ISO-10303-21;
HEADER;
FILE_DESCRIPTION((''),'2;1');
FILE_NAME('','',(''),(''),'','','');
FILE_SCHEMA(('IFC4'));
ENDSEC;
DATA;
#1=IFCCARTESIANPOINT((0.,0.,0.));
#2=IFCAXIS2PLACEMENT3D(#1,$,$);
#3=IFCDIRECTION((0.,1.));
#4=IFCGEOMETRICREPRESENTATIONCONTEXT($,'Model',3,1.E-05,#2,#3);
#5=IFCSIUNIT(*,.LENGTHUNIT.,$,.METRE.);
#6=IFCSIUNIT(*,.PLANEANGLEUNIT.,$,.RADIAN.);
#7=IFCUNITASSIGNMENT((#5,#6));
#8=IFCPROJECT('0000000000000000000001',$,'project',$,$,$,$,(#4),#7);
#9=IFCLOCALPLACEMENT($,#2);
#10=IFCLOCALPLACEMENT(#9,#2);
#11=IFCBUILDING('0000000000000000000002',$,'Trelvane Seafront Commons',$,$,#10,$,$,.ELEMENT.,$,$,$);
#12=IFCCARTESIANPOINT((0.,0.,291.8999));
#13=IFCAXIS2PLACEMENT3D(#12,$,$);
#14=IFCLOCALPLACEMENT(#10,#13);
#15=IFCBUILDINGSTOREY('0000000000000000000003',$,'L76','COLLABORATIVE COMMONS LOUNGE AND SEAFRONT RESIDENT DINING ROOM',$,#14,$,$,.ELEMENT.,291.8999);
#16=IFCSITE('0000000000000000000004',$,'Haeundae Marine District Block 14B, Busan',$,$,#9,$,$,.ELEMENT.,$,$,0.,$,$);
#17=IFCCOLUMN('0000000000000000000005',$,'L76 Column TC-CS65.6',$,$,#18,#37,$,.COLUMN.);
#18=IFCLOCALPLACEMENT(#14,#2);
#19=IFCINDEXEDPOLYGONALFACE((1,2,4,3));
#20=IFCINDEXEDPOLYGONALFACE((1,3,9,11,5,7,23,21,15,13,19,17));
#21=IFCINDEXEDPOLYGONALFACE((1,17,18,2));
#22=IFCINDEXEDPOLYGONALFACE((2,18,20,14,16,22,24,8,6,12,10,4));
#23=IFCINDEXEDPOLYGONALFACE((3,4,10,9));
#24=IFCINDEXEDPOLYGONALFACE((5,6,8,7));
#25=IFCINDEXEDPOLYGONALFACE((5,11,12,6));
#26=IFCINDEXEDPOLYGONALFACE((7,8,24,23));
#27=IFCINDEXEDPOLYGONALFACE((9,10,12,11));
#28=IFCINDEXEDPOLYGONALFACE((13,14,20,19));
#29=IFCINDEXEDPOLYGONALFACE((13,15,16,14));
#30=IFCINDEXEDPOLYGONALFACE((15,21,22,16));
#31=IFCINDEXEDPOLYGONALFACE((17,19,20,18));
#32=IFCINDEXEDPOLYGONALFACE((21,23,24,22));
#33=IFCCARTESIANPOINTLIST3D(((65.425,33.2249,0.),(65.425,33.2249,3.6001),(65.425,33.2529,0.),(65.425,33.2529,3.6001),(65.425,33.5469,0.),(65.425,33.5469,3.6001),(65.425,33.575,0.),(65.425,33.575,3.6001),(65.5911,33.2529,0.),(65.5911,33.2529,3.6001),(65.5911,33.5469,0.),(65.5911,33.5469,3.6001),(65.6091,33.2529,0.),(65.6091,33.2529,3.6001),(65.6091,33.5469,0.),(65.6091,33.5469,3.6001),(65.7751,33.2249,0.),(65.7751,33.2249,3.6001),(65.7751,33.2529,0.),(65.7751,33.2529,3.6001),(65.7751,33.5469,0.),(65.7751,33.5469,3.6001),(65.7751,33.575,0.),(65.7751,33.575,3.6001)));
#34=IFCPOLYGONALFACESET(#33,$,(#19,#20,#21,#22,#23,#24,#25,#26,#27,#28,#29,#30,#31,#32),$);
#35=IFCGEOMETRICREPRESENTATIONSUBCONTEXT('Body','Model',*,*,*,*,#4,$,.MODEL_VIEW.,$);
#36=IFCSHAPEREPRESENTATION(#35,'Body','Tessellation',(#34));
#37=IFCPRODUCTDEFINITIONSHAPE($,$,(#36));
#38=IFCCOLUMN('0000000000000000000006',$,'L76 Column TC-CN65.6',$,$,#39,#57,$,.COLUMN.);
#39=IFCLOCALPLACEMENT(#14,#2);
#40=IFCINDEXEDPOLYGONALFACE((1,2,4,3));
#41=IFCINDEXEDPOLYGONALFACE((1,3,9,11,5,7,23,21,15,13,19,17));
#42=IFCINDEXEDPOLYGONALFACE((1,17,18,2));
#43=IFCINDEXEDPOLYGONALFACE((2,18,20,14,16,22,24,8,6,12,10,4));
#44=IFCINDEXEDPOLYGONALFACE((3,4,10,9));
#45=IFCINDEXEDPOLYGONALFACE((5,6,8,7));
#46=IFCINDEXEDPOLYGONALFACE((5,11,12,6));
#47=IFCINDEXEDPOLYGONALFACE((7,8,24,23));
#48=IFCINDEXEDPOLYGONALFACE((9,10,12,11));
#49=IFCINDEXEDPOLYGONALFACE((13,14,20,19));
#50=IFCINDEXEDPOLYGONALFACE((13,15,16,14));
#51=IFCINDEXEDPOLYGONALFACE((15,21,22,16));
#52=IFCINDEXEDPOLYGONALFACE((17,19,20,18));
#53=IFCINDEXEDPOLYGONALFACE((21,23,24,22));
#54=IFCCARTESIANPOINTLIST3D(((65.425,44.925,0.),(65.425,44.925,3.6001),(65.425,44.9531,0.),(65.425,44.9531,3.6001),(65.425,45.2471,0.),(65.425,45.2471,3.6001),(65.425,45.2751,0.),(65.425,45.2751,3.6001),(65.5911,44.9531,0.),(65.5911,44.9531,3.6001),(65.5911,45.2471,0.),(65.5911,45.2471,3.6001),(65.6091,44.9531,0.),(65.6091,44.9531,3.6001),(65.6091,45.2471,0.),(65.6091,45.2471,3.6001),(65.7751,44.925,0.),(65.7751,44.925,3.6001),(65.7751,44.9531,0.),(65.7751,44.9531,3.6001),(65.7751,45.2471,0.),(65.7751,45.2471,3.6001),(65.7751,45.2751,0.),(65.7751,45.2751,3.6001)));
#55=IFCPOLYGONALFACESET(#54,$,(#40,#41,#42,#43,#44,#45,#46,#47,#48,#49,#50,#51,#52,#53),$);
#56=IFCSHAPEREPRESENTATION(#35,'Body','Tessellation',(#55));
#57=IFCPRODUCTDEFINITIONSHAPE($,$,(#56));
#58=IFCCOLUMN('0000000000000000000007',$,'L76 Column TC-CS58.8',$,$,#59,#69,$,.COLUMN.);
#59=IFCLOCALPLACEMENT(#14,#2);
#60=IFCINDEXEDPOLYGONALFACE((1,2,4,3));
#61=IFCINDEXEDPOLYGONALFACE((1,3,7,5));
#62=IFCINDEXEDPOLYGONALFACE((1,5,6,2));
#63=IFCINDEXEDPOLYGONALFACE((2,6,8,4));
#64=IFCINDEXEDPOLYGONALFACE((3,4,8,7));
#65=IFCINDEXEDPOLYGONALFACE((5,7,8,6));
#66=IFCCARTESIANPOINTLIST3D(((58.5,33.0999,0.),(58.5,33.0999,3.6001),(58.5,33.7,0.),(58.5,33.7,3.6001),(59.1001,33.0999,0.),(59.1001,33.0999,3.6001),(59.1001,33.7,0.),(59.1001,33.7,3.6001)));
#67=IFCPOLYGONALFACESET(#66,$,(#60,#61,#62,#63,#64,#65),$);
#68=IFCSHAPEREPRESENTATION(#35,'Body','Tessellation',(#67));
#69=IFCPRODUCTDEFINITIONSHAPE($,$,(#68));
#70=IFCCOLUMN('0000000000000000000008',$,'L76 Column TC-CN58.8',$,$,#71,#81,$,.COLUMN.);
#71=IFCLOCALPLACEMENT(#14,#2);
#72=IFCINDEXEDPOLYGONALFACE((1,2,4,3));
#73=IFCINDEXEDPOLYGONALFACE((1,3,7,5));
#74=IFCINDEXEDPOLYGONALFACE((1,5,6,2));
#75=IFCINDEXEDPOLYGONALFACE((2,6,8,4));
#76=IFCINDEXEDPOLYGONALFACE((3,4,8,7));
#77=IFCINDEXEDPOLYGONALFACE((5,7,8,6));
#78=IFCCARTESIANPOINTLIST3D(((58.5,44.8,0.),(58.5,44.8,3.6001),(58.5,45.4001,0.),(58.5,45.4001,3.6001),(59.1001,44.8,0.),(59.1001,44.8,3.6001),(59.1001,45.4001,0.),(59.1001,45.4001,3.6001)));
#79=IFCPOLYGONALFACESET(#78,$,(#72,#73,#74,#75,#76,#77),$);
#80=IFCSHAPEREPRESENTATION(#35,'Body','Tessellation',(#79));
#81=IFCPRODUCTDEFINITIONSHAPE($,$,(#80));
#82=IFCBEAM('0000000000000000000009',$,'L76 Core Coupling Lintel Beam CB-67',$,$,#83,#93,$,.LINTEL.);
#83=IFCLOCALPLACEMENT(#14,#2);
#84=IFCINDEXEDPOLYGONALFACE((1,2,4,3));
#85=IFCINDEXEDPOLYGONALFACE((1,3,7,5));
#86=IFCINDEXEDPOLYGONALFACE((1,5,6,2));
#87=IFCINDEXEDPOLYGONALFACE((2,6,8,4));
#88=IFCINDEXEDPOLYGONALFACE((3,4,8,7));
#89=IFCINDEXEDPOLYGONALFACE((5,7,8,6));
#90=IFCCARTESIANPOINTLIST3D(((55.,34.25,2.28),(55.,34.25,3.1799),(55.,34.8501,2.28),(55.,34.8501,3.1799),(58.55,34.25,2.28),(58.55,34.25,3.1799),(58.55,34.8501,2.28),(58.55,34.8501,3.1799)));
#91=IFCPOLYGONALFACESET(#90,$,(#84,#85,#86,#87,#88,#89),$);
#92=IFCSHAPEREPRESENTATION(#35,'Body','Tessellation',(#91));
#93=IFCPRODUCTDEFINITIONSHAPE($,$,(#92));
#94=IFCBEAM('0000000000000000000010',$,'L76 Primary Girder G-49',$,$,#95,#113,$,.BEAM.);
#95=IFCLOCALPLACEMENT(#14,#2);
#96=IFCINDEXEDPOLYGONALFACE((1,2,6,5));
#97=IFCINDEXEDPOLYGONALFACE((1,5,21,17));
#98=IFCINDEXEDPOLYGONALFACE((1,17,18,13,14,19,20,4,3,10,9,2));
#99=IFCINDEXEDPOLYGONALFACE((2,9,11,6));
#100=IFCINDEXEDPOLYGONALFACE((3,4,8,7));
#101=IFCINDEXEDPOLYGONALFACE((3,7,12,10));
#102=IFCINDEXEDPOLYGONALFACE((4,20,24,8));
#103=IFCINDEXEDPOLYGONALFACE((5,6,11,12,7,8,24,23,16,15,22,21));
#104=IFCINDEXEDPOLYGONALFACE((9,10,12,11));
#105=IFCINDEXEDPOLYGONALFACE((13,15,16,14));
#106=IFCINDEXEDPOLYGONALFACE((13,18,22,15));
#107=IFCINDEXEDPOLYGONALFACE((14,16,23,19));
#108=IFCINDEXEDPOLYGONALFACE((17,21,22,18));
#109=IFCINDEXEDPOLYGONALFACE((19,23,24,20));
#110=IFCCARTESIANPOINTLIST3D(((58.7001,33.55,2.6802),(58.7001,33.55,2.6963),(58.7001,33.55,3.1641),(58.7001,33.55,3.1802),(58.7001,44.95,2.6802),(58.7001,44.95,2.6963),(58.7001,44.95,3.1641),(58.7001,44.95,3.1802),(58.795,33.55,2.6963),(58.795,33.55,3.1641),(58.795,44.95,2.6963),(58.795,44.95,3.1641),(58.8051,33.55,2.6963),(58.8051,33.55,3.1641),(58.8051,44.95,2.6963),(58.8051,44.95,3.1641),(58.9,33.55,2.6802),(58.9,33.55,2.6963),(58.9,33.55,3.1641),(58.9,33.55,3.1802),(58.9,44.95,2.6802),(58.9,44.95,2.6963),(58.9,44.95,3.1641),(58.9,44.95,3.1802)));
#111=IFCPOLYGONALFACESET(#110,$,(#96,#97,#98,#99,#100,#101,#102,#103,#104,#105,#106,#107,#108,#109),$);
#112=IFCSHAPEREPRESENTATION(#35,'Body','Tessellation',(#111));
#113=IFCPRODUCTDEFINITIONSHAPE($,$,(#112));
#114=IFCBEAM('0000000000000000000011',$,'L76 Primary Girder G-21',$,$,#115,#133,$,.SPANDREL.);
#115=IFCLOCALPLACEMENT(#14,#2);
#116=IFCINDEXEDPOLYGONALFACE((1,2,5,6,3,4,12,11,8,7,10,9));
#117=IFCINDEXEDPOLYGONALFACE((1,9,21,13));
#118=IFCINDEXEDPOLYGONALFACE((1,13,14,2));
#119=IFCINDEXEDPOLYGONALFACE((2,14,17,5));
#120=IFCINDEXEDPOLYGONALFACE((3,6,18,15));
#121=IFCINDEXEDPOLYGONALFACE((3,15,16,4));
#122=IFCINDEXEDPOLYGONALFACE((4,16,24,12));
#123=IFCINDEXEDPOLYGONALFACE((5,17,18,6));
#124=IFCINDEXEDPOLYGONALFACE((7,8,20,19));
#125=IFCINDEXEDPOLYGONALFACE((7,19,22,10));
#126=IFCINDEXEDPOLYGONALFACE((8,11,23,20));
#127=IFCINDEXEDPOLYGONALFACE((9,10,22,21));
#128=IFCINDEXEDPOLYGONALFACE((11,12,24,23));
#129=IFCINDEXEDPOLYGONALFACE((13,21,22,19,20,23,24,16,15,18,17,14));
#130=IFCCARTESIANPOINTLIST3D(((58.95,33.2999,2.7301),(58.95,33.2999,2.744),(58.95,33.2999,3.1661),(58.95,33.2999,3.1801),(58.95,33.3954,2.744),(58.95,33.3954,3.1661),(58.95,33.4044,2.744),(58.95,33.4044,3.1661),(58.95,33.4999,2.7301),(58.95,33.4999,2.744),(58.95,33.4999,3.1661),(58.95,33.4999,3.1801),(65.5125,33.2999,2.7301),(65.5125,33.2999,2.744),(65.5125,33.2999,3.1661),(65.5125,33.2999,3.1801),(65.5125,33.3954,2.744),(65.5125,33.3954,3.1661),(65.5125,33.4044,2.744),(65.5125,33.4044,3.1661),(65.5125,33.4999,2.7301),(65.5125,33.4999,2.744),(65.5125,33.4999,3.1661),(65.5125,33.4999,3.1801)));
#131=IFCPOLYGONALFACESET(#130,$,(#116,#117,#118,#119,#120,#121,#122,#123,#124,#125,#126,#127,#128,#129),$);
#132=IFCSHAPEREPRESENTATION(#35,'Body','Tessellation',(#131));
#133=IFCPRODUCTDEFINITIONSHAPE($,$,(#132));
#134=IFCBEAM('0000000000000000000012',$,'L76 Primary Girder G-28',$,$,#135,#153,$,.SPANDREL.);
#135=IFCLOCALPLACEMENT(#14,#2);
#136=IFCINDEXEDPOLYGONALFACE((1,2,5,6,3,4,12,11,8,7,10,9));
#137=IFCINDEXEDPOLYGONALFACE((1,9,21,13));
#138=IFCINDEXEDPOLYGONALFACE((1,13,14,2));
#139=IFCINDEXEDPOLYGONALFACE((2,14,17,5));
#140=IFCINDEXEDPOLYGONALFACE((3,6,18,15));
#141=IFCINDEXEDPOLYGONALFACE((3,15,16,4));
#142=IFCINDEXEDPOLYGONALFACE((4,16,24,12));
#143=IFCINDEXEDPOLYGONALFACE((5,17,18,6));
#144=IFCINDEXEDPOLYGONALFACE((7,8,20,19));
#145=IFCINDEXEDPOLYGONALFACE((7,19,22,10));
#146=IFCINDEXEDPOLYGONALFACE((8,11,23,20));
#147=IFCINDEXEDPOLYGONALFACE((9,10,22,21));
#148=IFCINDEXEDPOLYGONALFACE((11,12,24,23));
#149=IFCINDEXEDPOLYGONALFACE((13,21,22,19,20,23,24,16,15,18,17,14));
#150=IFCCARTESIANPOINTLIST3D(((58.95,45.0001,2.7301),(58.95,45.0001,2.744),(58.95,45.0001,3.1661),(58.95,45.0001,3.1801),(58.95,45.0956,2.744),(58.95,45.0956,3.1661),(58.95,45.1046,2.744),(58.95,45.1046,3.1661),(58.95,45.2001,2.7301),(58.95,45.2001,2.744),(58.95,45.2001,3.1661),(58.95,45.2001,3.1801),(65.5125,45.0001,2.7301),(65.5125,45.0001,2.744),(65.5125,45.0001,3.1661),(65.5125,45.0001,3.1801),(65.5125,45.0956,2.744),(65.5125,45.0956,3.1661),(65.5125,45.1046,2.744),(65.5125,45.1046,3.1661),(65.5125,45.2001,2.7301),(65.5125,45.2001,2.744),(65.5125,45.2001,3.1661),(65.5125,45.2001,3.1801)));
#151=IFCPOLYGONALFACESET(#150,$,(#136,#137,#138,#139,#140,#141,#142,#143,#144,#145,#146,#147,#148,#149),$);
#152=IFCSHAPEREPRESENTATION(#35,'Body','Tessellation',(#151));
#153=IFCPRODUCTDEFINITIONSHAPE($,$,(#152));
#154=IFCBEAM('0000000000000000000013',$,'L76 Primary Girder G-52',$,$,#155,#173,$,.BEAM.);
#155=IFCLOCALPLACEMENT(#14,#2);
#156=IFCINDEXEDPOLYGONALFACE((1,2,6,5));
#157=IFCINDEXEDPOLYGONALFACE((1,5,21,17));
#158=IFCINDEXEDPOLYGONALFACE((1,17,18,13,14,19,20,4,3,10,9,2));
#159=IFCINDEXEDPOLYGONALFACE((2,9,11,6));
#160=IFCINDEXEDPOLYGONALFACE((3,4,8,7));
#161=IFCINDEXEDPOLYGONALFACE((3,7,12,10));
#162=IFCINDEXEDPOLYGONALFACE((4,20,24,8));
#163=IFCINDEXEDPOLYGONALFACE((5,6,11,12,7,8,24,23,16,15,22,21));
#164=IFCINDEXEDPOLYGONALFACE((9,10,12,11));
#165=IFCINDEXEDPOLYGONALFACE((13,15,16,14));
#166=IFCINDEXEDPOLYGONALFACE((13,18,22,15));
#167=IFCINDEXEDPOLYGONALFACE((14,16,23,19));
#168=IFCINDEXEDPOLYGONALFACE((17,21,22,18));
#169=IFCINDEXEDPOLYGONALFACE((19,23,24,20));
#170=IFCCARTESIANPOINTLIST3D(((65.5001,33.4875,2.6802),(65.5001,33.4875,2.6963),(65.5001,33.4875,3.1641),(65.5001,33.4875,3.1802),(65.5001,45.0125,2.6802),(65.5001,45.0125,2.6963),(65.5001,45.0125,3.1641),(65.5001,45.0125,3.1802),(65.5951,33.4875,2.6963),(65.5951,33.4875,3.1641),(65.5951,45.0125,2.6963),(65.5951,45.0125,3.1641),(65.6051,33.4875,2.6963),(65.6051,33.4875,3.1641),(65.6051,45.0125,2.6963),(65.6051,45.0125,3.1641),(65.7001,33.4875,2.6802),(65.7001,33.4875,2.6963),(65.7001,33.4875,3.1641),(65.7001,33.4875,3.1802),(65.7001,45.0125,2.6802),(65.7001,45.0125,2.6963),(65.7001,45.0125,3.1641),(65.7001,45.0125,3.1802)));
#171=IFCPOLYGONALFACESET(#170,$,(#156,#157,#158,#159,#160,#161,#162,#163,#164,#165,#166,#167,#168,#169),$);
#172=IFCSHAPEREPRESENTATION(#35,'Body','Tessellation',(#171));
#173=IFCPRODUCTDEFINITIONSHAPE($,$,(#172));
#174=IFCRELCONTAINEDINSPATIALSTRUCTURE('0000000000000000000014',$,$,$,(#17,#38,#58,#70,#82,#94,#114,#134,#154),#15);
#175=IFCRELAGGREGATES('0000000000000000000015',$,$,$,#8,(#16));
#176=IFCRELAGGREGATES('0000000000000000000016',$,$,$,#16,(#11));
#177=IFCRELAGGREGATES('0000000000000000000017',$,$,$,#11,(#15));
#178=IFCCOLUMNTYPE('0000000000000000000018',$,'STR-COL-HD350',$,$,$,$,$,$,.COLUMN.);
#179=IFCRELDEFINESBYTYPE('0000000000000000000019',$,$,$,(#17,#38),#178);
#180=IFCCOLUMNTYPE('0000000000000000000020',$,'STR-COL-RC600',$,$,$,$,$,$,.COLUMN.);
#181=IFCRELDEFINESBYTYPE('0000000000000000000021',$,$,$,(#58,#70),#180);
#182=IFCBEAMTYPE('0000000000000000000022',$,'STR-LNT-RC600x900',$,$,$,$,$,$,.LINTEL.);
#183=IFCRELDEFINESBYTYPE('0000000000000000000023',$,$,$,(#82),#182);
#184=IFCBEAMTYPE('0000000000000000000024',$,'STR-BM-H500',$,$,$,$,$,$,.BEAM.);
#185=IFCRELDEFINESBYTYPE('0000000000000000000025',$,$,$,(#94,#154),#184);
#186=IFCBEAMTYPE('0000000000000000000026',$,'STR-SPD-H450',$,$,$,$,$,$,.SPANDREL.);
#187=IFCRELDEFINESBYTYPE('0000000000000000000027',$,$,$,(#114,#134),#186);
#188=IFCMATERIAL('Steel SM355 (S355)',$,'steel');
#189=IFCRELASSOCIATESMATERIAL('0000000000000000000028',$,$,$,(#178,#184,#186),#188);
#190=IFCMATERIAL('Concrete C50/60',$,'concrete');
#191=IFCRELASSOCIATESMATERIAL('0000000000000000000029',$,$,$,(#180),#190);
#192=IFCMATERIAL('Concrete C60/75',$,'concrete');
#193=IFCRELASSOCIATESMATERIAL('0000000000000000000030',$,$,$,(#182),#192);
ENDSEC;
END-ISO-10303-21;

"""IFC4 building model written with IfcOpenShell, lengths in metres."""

from ifc_helpers import new_model, si_unit, direction, frame, origin, origin_2d, place, context, subcontext, project, spatial, rectangle, i_section, extrude, source, transform, mapped, material, material_profile, profile_set, type_object, element, save


model = new_model("IFC4")

# Units and contexts
model_context = context("Model", 3, precision=1e-05, world=origin(), true_north=direction((0.0, 1.0)))
body_context = subcontext(model_context, "Body", "Model", "MODEL_VIEW")
ifc_project = project(units=[si_unit("LENGTHUNIT", "METRE"), si_unit("PLANEANGLEUNIT", "RADIAN")], contexts=[model_context])

# Site, building, storey
site_placement = place(None, origin())
site = spatial("IfcSite", under=ifc_project, at=site_placement, Name="Haeundae Marine District Block 14B, Busan", CompositionType="ELEMENT", RefElevation=0.0)
building_placement = place(site_placement, origin())
building = spatial("IfcBuilding", under=site, at=building_placement, Name="Trelvane Seafront Commons", CompositionType="ELEMENT")
storey_placement = place(building_placement, frame((0.0, 0.0, 291.8999)))
storey = spatial("IfcBuildingStorey", under=building, at=storey_placement, Name="L76", Description="COLLABORATIVE COMMONS LOUNGE AND SEAFRONT RESIDENT DINING ROOM", CompositionType="ELEMENT", Elevation=291.8999)

# Columns
ifc_material_1 = material(Name="Steel SM355 (S355)", Category="steel")
ifc_material_profile_1 = material_profile(ifc_material_1, i_section(OverallWidth=0.3501, OverallDepth=0.3501, WebThickness=0.0181, FlangeThickness=0.0281, at=origin_2d()), Name="HD-350x350x18x28")
ifc_profile_set_1 = profile_set([ifc_material_profile_1], Name="Steel SM355 (S355)")
column_type_1 = type_object("IfcColumnType", Name="STR-COL-HD350", PredefinedType="COLUMN", material=ifc_profile_set_1)
shared_shape_1 = source(origin(), body_context, "Body", "SweptSolid", [
    extrude(i_section(OverallWidth=0.3501, OverallDepth=0.3501, WebThickness=0.0181, FlangeThickness=0.0281, at=origin_2d()), origin(), (0.0, 0.0, 1.0), 3.6001),
])
for number, where, z_axis, x_axis, name in (
    (1, (65.6001, 33.3999, 0.0), (0.0, 0.0, 1.0), (1.0, 0.0, 0.0), "L76 Column TC-CS65.6"),
    (2, (65.6001, 45.1001, 0.0), (0.0, 0.0, 1.0), (1.0, 0.0, 0.0), "L76 Column TC-CN65.6"),
):
    element("IfcColumn", number, at=place(storey_placement, frame(where, z_axis=z_axis, x_axis=x_axis)), inside=storey, type_object=column_type_1, Name=name, PredefinedType="COLUMN", context=body_context, shape_type="MappedRepresentation", body=[
        mapped(shared_shape_1, transform((0.0, 0.0, 0.0), x_axis=(1.0, 0.0, 0.0), y_axis=(0.0, 1.0, 0.0), z_axis=(0.0, 0.0, 1.0), scale=1.0)),
    ])
ifc_material_2 = material(Name="Concrete C50/60", Category="concrete")
ifc_material_profile_2 = material_profile(ifc_material_2, rectangle(XDim=0.6001, YDim=0.6001, at=origin_2d()), Name="RC-600x600")
ifc_profile_set_2 = profile_set([ifc_material_profile_2], Name="Concrete C50/60")
column_type_2 = type_object("IfcColumnType", Name="STR-COL-RC600", PredefinedType="COLUMN", material=ifc_profile_set_2)
shared_shape_2 = source(origin(), body_context, "Body", "SweptSolid", [
    extrude(rectangle(XDim=0.6001, YDim=0.6001, at=origin_2d()), origin(), (0.0, 0.0, 1.0), 3.6001),
])
for number, where, z_axis, x_axis, name in (
    (3, (58.8, 33.3999, 0.0), (0.0, 0.0, 1.0), (1.0, 0.0, 0.0), "L76 Column TC-CS58.8"),
    (4, (58.8, 45.1001, 0.0), (0.0, 0.0, 1.0), (1.0, 0.0, 0.0), "L76 Column TC-CN58.8"),
):
    element("IfcColumn", number, at=place(storey_placement, frame(where, z_axis=z_axis, x_axis=x_axis)), inside=storey, type_object=column_type_2, Name=name, PredefinedType="COLUMN", context=body_context, shape_type="MappedRepresentation", body=[
        mapped(shared_shape_2, transform((0.0, 0.0, 0.0), x_axis=(1.0, 0.0, 0.0), y_axis=(0.0, 1.0, 0.0), z_axis=(0.0, 0.0, 1.0), scale=1.0)),
    ])

# Beams
ifc_material_3 = material(Name="Concrete C60/75", Category="concrete")
ifc_material_profile_3 = material_profile(ifc_material_3, rectangle(XDim=0.6001, YDim=0.8999, at=origin_2d()), Name="RC-600x900")
ifc_profile_set_3 = profile_set([ifc_material_profile_3], Name="Concrete C60/75")
beam_type_1 = type_object("IfcBeamType", Name="STR-LNT-RC600x900", PredefinedType="LINTEL", material=ifc_profile_set_3)
shared_shape_3 = source(origin(), body_context, "Body", "SweptSolid", [
    extrude(rectangle(XDim=0.6001, YDim=0.8999, at=origin_2d()), origin(), (0.0, 0.0, 1.0), 3.55),
])
beam_1_placement = place(storey_placement, frame((55.0, 34.55, 2.73), z_axis=(1.0, 0.0, 0.0), x_axis=(0.0, 1.0, 0.0)))
element("IfcBeam", 5, at=beam_1_placement, inside=storey, type_object=beam_type_1, Name="L76 Core Coupling Lintel Beam CB-67", PredefinedType="LINTEL", context=body_context, shape_type="MappedRepresentation", body=[
    mapped(shared_shape_3, transform((0.0, 0.0, 0.0), x_axis=(1.0, 0.0, 0.0), y_axis=(0.0, 1.0, 0.0), z_axis=(0.0, 0.0, 1.0), scale=1.0)),
])
ifc_material_profile_4 = material_profile(ifc_material_1, i_section(OverallWidth=0.2, OverallDepth=0.5, WebThickness=0.01, FlangeThickness=0.0161, at=origin_2d()), Name="H-500x200x10x16")
ifc_profile_set_4 = profile_set([ifc_material_profile_4], Name="Steel SM355 (S355)")
beam_type_2 = type_object("IfcBeamType", Name="STR-BM-H500", PredefinedType="BEAM", material=ifc_profile_set_4)
shared_shape_4 = source(origin(), body_context, "Body", "SweptSolid", [
    extrude(i_section(OverallWidth=0.2, OverallDepth=0.5, WebThickness=0.01, FlangeThickness=0.0161, at=origin_2d()), origin(), (0.0, 0.0, 1.0), 11.3999),
])
beam_2_placement = place(storey_placement, frame((58.8, 33.55, 2.9302), z_axis=(0.0, 1.0, 0.0), x_axis=(-1.0, 0.0, 0.0)))
element("IfcBeam", 6, at=beam_2_placement, inside=storey, type_object=beam_type_2, Name="L76 Primary Girder G-49", PredefinedType="BEAM", context=body_context, shape_type="MappedRepresentation", body=[
    mapped(shared_shape_4, transform((0.0, 0.0, 0.0), x_axis=(1.0, 0.0, 0.0), y_axis=(0.0, 1.0, 0.0), z_axis=(0.0, 0.0, 1.0), scale=1.0)),
])
ifc_material_profile_5 = material_profile(ifc_material_1, i_section(OverallWidth=0.2, OverallDepth=0.45, WebThickness=0.009, FlangeThickness=0.0139, at=origin_2d()), Name="H-450x200x9x14")
ifc_profile_set_5 = profile_set([ifc_material_profile_5], Name="Steel SM355 (S355)")
beam_type_3 = type_object("IfcBeamType", Name="STR-SPD-H450", PredefinedType="SPANDREL", material=ifc_profile_set_5)
shared_shape_5 = source(origin(), body_context, "Body", "SweptSolid", [
    extrude(i_section(OverallWidth=0.2, OverallDepth=0.45, WebThickness=0.009, FlangeThickness=0.0139, at=origin_2d()), origin(), (0.0, 0.0, 1.0), 6.5625),
])
for number, where, z_axis, x_axis, name in (
    (7, (58.95, 33.3999, 2.9551), (1.0, 0.0, 0.0), (0.0, 1.0, 0.0), "L76 Primary Girder G-21"),
    (8, (58.95, 45.1001, 2.9551), (1.0, 0.0, 0.0), (0.0, 1.0, 0.0), "L76 Primary Girder G-28"),
):
    element("IfcBeam", number, at=place(storey_placement, frame(where, z_axis=z_axis, x_axis=x_axis)), inside=storey, type_object=beam_type_3, Name=name, PredefinedType="SPANDREL", context=body_context, shape_type="MappedRepresentation", body=[
        mapped(shared_shape_5, transform((0.0, 0.0, 0.0), x_axis=(1.0, 0.0, 0.0), y_axis=(0.0, 1.0, 0.0), z_axis=(0.0, 0.0, 1.0), scale=1.0)),
    ])
shared_shape_6 = source(origin(), body_context, "Body", "SweptSolid", [
    extrude(i_section(OverallWidth=0.2, OverallDepth=0.5, WebThickness=0.01, FlangeThickness=0.0161, at=origin_2d()), origin(), (0.0, 0.0, 1.0), 11.5249),
])
beam_3_placement = place(storey_placement, frame((65.6001, 33.4875, 2.9302), z_axis=(0.0, 1.0, 0.0), x_axis=(-1.0, 0.0, 0.0)))
element("IfcBeam", 9, at=beam_3_placement, inside=storey, type_object=beam_type_2, Name="L76 Primary Girder G-52", PredefinedType="BEAM", context=body_context, shape_type="MappedRepresentation", body=[
    mapped(shared_shape_6, transform((0.0, 0.0, 0.0), x_axis=(1.0, 0.0, 0.0), y_axis=(0.0, 1.0, 0.0), z_axis=(0.0, 0.0, 1.0), scale=1.0)),
])

save(model, "model.ifc")
